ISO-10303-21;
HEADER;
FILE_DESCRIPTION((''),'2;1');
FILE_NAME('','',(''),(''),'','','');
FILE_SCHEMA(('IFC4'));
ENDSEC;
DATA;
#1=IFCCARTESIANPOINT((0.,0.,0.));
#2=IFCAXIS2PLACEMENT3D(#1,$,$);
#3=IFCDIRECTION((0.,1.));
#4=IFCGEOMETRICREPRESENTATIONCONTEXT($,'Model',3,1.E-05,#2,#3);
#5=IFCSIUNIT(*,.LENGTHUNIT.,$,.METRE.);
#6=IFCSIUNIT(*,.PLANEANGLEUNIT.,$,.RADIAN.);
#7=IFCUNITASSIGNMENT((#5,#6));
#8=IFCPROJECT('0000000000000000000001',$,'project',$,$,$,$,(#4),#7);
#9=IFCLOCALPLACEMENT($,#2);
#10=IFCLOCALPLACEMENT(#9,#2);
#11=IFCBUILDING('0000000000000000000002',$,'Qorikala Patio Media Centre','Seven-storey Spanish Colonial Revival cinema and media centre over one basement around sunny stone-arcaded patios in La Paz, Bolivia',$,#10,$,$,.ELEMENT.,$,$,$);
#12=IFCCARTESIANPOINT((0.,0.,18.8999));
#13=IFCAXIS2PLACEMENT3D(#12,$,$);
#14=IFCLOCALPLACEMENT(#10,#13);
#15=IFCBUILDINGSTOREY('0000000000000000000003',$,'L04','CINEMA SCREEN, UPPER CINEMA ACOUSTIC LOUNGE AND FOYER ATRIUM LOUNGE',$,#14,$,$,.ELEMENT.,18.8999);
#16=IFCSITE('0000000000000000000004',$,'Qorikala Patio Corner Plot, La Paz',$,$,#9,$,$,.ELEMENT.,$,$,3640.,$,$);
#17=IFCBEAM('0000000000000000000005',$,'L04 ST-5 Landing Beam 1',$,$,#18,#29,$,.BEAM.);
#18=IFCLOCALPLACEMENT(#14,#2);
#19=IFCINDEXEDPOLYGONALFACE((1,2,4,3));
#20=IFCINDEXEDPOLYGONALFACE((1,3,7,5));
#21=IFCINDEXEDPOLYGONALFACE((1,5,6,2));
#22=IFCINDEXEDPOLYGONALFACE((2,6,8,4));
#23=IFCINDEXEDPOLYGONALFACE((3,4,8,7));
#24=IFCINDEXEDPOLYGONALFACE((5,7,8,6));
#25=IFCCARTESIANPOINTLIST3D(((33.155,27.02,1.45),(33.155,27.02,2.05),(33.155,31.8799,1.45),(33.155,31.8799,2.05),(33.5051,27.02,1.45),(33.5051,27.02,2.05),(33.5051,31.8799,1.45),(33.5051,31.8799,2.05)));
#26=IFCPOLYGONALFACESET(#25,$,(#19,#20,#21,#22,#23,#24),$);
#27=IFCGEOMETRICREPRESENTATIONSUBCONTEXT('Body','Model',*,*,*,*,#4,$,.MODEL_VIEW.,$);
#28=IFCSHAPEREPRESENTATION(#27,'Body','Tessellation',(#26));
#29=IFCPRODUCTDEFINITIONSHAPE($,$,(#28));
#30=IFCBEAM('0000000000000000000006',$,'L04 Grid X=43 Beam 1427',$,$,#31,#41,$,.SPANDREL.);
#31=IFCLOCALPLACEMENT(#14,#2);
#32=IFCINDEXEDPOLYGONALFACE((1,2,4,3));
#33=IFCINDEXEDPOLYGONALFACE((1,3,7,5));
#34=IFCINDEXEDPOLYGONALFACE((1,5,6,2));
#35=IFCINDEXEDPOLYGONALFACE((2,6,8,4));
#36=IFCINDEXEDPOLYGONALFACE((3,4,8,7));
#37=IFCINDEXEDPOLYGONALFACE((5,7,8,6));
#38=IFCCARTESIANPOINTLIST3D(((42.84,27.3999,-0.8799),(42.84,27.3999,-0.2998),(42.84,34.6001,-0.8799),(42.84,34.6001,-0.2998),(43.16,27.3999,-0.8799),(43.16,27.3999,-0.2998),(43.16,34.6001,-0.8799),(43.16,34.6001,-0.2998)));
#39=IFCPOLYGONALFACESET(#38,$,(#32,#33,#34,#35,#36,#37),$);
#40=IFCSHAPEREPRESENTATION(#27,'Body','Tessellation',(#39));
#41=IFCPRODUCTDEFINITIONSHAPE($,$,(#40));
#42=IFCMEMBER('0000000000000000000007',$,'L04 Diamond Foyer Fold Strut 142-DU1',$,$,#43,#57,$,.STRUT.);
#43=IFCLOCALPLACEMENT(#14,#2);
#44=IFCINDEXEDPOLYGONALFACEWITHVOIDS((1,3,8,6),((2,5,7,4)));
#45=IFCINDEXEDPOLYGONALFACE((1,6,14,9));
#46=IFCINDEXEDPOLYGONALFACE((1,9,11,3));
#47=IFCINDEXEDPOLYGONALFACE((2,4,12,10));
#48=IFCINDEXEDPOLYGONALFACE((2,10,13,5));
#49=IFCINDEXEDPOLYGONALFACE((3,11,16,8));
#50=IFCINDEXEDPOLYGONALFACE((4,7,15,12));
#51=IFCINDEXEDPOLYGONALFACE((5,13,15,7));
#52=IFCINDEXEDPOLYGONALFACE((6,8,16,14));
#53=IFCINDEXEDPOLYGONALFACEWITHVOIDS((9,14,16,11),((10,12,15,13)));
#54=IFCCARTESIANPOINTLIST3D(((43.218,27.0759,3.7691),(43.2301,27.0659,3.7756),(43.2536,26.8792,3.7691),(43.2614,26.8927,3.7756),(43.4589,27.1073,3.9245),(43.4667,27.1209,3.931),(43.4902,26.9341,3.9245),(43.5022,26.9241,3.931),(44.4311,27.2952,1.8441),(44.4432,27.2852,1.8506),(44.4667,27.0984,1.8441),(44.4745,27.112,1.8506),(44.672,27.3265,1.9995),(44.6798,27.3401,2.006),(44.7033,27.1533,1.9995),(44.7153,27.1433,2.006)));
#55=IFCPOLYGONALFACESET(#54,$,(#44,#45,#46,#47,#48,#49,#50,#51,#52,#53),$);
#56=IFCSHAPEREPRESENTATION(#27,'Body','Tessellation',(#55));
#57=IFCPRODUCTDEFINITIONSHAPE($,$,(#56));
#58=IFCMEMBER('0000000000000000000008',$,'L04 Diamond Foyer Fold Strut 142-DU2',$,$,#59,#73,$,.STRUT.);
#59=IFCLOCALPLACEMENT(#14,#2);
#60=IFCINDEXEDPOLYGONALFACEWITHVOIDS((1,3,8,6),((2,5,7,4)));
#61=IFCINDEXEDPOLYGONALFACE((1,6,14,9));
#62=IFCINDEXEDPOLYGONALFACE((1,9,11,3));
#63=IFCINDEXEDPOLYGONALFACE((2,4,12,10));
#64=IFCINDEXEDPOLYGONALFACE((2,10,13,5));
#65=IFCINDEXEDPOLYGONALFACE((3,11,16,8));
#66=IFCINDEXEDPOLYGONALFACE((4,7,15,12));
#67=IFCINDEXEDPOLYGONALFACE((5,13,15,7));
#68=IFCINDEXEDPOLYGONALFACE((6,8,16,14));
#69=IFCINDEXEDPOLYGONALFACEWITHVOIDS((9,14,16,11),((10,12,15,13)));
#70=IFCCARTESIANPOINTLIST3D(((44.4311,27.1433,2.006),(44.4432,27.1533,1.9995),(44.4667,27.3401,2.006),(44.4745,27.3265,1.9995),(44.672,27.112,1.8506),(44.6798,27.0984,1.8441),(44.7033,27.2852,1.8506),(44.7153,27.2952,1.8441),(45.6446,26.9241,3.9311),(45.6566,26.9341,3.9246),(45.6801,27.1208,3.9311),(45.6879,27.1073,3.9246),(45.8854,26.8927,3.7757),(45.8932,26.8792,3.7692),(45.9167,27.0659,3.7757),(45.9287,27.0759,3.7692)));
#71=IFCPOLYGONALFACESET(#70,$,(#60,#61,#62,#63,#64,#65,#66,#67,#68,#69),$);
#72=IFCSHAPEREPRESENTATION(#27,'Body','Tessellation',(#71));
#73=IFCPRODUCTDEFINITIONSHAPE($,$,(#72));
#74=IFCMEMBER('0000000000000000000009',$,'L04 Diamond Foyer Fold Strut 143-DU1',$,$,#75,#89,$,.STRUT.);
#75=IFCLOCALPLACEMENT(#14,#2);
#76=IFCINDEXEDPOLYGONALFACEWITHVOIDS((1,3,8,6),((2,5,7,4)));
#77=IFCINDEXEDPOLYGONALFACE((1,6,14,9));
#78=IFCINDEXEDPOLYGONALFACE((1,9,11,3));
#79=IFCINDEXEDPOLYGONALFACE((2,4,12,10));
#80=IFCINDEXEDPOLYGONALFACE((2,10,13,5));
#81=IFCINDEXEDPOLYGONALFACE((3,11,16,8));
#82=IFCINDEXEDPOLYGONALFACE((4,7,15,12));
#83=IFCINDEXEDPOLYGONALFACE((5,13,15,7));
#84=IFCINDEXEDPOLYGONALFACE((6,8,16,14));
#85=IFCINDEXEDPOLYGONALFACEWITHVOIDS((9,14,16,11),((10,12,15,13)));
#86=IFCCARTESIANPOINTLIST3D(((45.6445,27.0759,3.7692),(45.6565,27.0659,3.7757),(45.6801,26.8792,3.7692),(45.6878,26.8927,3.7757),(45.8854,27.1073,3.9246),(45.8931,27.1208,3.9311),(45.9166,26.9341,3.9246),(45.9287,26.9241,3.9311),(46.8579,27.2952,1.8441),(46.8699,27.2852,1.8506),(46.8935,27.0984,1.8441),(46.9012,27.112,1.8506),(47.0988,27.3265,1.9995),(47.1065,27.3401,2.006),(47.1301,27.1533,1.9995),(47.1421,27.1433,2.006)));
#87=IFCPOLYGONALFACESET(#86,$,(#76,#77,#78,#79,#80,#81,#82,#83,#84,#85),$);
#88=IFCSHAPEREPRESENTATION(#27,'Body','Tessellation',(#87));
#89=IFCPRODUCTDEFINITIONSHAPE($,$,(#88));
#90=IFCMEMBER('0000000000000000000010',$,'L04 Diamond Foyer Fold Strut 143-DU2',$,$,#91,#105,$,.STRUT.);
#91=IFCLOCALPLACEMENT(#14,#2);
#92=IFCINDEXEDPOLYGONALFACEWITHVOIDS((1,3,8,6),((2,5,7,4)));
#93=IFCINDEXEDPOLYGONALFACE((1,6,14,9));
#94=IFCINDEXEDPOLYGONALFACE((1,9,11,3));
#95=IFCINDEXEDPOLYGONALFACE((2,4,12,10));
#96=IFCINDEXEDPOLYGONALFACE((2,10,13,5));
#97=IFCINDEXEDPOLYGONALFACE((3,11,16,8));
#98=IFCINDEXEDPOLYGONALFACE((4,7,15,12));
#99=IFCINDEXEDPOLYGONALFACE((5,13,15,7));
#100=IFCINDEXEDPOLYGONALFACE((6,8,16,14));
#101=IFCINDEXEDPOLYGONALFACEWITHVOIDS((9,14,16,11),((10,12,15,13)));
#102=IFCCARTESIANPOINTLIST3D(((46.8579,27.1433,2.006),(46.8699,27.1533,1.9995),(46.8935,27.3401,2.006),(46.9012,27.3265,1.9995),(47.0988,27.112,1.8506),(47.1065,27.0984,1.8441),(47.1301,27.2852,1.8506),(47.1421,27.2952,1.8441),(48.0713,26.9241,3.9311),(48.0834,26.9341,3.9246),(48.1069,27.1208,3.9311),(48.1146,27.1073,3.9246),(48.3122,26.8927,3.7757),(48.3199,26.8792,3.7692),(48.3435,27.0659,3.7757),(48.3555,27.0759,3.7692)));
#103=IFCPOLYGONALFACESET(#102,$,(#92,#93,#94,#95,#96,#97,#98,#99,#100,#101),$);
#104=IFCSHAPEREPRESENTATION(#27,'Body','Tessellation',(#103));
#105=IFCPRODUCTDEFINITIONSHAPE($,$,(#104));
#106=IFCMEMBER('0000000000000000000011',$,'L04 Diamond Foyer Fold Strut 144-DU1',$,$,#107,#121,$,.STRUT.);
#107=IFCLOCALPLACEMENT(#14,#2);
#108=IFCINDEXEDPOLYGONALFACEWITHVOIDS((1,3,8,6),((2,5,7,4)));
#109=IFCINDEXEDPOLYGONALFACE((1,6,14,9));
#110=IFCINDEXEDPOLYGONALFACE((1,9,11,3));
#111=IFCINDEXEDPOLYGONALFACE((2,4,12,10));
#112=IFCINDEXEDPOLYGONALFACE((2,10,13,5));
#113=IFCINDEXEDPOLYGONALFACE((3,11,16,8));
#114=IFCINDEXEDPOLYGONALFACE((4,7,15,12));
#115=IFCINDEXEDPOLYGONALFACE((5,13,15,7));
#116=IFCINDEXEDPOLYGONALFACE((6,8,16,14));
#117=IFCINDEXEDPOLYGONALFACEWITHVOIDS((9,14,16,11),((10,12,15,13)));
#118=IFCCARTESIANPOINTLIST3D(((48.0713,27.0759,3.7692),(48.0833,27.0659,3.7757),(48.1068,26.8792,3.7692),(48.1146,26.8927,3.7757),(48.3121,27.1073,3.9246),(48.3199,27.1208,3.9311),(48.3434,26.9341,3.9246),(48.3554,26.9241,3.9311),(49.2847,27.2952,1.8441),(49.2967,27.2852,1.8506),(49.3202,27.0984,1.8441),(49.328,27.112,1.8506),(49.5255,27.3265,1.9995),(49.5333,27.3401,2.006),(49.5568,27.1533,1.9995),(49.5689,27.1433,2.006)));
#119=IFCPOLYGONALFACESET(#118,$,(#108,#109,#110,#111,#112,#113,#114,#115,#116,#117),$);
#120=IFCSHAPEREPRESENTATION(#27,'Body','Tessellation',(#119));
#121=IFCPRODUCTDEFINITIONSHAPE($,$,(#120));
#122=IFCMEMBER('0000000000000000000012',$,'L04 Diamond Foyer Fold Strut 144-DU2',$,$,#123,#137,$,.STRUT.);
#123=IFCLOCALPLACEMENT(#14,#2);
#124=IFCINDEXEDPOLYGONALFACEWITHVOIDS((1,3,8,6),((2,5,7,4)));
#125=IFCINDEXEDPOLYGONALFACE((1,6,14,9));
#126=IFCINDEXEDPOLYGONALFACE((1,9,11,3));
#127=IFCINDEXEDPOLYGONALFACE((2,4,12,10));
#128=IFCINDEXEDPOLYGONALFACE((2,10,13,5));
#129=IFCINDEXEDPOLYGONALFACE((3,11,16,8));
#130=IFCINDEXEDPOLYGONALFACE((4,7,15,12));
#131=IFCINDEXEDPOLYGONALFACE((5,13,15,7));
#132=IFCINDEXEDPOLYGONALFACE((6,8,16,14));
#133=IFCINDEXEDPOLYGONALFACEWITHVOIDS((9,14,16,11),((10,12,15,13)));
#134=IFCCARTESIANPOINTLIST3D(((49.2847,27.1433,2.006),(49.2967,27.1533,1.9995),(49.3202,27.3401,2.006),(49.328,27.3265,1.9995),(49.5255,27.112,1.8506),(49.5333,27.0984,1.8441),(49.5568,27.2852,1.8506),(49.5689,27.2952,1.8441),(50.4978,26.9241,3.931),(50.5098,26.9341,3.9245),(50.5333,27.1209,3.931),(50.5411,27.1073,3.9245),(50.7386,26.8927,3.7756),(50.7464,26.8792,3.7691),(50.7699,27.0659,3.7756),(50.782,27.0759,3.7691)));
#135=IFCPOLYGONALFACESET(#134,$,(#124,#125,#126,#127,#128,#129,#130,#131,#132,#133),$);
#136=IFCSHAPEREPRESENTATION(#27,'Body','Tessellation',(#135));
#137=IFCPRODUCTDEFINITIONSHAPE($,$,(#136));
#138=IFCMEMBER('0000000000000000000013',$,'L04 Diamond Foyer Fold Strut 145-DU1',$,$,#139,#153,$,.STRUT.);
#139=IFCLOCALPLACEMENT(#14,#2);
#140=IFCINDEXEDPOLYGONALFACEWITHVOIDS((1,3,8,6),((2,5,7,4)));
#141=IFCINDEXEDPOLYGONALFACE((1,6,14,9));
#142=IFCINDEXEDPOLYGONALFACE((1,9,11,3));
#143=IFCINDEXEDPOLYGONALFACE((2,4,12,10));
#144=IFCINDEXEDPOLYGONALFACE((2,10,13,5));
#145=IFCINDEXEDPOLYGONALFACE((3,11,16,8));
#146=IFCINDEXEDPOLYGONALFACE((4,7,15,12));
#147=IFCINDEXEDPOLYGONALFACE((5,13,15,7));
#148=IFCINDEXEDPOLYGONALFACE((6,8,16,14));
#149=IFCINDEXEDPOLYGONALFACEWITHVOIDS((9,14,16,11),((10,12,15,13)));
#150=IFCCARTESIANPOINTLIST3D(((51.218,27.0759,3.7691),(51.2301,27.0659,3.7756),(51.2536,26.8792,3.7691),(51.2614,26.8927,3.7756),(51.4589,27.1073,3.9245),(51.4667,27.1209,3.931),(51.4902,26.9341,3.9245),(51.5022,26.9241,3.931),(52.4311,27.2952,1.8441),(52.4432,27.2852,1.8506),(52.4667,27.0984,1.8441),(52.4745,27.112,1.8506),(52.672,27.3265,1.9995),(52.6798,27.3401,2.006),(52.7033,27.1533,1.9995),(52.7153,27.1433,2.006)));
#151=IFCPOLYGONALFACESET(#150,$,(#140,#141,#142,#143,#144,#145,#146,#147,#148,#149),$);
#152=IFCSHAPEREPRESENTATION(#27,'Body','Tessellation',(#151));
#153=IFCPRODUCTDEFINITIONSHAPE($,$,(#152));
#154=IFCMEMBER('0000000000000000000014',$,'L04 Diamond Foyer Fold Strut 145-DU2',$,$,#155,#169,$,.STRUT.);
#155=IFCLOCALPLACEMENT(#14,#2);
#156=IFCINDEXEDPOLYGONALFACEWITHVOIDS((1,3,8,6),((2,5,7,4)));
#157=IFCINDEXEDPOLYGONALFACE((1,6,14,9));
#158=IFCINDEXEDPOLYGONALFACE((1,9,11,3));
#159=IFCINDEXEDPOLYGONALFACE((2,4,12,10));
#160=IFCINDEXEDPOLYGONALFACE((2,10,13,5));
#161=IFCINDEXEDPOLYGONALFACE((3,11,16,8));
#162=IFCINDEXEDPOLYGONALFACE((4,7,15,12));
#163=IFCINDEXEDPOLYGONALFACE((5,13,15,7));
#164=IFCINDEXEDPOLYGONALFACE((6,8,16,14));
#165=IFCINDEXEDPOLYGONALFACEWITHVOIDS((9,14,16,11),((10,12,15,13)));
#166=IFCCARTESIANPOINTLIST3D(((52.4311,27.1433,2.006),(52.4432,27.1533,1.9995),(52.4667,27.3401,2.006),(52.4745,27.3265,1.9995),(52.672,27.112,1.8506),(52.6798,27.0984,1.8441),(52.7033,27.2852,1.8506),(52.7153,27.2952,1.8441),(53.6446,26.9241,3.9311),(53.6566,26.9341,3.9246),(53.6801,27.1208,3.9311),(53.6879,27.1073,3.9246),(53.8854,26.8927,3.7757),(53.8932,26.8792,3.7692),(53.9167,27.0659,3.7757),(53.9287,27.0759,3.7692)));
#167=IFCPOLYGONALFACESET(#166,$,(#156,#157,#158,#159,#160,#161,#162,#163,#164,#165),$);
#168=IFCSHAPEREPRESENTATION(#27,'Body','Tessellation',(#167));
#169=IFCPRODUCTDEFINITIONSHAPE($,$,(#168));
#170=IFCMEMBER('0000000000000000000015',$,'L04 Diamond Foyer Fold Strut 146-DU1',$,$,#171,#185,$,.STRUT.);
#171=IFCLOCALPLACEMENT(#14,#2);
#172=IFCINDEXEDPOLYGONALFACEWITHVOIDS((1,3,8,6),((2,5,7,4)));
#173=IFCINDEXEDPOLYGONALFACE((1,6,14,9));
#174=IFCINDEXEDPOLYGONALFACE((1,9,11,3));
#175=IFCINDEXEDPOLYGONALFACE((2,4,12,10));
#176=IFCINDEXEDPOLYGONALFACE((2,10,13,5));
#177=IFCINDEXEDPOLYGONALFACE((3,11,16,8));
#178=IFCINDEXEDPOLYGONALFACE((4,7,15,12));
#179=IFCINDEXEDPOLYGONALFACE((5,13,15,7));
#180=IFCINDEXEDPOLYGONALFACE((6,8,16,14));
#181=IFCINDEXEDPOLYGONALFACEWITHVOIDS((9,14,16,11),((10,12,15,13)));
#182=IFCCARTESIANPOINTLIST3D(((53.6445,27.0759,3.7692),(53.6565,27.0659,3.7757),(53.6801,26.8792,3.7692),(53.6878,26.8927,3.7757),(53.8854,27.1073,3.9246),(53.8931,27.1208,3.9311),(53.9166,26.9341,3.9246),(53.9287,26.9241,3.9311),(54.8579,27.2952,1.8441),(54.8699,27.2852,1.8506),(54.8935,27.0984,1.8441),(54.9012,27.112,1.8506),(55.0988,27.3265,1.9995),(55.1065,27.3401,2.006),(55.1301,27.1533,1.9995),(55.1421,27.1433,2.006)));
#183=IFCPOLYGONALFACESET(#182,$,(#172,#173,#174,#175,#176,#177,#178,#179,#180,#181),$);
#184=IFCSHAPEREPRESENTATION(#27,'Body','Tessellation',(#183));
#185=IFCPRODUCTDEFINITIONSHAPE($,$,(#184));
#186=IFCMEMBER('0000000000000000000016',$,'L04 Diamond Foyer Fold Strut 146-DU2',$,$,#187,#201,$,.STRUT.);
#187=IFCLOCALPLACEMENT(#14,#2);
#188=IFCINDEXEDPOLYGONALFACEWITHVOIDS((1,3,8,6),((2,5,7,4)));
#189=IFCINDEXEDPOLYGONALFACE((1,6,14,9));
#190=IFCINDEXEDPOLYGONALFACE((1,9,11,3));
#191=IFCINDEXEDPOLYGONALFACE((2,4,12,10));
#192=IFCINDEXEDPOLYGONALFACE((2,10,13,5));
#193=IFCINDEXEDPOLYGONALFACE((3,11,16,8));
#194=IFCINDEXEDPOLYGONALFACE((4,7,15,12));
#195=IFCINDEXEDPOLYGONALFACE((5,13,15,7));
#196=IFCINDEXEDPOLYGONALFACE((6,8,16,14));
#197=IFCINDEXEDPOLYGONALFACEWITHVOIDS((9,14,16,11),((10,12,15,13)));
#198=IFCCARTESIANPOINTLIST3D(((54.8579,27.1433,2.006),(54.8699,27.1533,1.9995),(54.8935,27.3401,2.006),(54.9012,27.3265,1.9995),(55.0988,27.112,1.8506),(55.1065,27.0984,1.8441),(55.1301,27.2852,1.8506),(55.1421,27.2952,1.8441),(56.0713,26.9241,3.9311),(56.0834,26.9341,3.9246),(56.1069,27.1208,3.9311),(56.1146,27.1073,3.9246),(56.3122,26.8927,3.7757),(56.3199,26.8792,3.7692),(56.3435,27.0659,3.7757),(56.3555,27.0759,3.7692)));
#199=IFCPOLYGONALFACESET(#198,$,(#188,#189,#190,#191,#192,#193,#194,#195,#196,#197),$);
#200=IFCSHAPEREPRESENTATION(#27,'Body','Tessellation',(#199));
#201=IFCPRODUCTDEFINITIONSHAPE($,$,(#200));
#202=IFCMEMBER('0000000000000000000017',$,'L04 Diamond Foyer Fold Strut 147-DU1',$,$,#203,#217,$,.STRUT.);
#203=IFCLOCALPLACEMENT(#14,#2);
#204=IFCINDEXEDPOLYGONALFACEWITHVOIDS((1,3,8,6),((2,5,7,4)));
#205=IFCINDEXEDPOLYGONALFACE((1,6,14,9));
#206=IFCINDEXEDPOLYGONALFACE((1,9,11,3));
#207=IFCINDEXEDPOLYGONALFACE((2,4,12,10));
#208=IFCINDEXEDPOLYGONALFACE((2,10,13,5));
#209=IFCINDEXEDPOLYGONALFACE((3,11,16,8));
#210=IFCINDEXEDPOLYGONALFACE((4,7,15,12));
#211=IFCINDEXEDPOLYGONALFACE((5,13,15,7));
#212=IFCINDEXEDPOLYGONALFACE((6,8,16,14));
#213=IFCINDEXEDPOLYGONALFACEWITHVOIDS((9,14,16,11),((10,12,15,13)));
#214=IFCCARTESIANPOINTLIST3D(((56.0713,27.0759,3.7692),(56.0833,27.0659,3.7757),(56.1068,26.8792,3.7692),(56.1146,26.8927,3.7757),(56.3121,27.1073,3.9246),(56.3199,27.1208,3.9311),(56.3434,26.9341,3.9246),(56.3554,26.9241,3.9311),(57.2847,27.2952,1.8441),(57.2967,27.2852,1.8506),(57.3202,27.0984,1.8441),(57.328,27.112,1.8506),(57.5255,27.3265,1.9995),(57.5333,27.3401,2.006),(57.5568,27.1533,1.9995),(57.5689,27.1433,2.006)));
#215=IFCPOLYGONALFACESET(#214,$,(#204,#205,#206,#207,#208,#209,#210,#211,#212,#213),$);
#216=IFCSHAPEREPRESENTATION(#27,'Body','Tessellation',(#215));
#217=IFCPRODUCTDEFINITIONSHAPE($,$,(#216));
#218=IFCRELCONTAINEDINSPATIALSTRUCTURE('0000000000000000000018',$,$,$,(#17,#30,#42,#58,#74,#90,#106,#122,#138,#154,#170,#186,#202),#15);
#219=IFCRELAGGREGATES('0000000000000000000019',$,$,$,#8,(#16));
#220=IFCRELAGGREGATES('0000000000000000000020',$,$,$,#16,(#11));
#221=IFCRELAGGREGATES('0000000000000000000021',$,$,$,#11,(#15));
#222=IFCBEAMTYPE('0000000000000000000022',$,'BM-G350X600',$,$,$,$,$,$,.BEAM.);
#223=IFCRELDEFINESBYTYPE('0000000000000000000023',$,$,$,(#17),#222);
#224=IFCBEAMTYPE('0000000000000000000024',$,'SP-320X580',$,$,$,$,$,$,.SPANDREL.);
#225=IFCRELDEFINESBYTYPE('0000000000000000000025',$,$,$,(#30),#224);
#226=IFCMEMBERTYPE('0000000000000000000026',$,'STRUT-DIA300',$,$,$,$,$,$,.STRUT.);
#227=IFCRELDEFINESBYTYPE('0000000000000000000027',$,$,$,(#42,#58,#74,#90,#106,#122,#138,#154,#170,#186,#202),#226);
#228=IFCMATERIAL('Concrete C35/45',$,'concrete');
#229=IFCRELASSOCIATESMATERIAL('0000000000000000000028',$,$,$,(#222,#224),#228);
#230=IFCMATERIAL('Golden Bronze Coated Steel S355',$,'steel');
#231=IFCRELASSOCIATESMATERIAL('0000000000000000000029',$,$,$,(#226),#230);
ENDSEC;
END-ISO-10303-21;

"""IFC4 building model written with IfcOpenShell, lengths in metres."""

from ifc_helpers import new_model, si_unit, direction, frame, origin, origin_2d, place, context, subcontext, project, spatial, rectangle, hollow_rectangle, extrude, material, material_profile, profile_set, type_object, element, save


model = new_model("IFC4")

# Units and contexts
model_context = context("Model", 3, precision=1e-05, world=origin(), true_north=direction((0.0, 1.0)))
body_context = subcontext(model_context, "Body", "Model", "MODEL_VIEW")
ifc_project = project(units=[si_unit("LENGTHUNIT", "METRE"), si_unit("PLANEANGLEUNIT", "RADIAN")], contexts=[model_context])

# Site, building, storey
site_placement = place(None, origin())
site = spatial("IfcSite", under=ifc_project, at=site_placement, Name="Qorikala Patio Corner Plot, La Paz", CompositionType="ELEMENT", RefElevation=3640.0)
building_placement = place(site_placement, origin())
building = spatial("IfcBuilding", under=site, at=building_placement, Name="Qorikala Patio Media Centre", Description="Seven-storey Spanish Colonial Revival cinema and media centre over one basement around sunny stone-arcaded patios in La Paz, Bolivia", CompositionType="ELEMENT")
storey_placement = place(building_placement, frame((0.0, 0.0, 18.8999)))
storey = spatial("IfcBuildingStorey", under=building, at=storey_placement, Name="L04", Description="CINEMA SCREEN, UPPER CINEMA ACOUSTIC LOUNGE AND FOYER ATRIUM LOUNGE", CompositionType="ELEMENT", Elevation=18.8999)

# Beams
ifc_material_1 = material(Name="Concrete C35/45", Category="concrete")
ifc_material_profile_1 = material_profile(ifc_material_1, rectangle(XDim=0.3501, YDim=0.6001, at=origin_2d()), Name="RC 350x600")
ifc_profile_set_1 = profile_set([ifc_material_profile_1], Name="Concrete C35/45")
beam_type_1 = type_object("IfcBeamType", Name="BM-G350X600", PredefinedType="BEAM", material=ifc_profile_set_1)
beam_1_placement = place(storey_placement, frame((33.3301, 27.02, 1.75), z_axis=(0.0, 1.0, 0.0), x_axis=(-1.0, 0.0, 0.0)))
element("IfcBeam", 1, at=beam_1_placement, inside=storey, type_object=beam_type_1, Name="L04 ST-5 Landing Beam 1", PredefinedType="BEAM", context=body_context, shape_type="SweptSolid", body=[
    extrude(rectangle(XDim=0.3501, YDim=0.6001, at=origin_2d()), origin(), (0.0, 0.0, 1.0), 4.8599),
])
ifc_material_profile_2 = material_profile(ifc_material_1, rectangle(XDim=0.3201, YDim=0.5801, at=origin_2d()), Name="RC 320x580")
ifc_profile_set_2 = profile_set([ifc_material_profile_2], Name="Concrete C35/45")
beam_type_2 = type_object("IfcBeamType", Name="SP-320X580", PredefinedType="SPANDREL", material=ifc_profile_set_2)
beam_2_placement = place(storey_placement, frame((43.0, 27.3999, -0.5898), z_axis=(0.0, 1.0, 0.0), x_axis=(-1.0, 0.0, 0.0)))
element("IfcBeam", 2, at=beam_2_placement, inside=storey, type_object=beam_type_2, Name="L04 Grid X=43 Beam 1427", PredefinedType="SPANDREL", context=body_context, shape_type="SweptSolid", body=[
    extrude(rectangle(XDim=0.3201, YDim=0.5801, at=origin_2d()), origin(), (0.0, 0.0, 1.0), 7.2002),
])

# Members
ifc_material_2 = material(Name="Golden Bronze Coated Steel S355", Category="steel")
ifc_material_profile_3 = material_profile(ifc_material_2, hollow_rectangle(XDim=0.2, YDim=0.3, WallThickness=0.012, at=origin_2d()), Name="HSS300X200X12")
ifc_profile_set_3 = profile_set([ifc_material_profile_3], Name="Golden Bronze Coated Steel S355")
member_type = type_object("IfcMemberType", Name="STRUT-DIA300", PredefinedType="STRUT", material=ifc_profile_set_3)
member_placement = place(storey_placement, frame((44.5732, 27.2192, 1.925), z_axis=(-0.530691, -0.095907, 0.842121), x_axis=(0.17784, -0.984059, 0.0)))
element("IfcMember", 3, at=member_placement, inside=storey, type_object=member_type, Name="L04 Diamond Foyer Fold Strut 142-DU1", PredefinedType="STRUT", context=body_context, shape_type="SweptSolid", body=[
    extrude(hollow_rectangle(XDim=0.2, YDim=0.3, WallThickness=0.012, at=origin_2d()), origin(), (0.0, 0.0, 1.0), 2.2859),
])
for number, where, z_axis, x_axis, name in (
    (4, (44.5732, 27.2192, 1.925), (0.530768, -0.095901, 0.842074), (0.177805, 0.984066, 0.0), "L04 Diamond Foyer Fold Strut 142-DU2"),
    (5, (47.0, 27.2192, 1.925), (-0.530768, -0.095901, 0.842074), (0.177805, -0.984066, 0.0), "L04 Diamond Foyer Fold Strut 143-DU1"),
    (6, (47.0, 27.2192, 1.925), (0.530768, -0.095901, 0.842074), (0.177805, 0.984066, 0.0), "L04 Diamond Foyer Fold Strut 143-DU2"),
    (7, (49.4268, 27.2192, 1.925), (-0.530768, -0.095901, 0.842074), (0.177805, -0.984066, 0.0), "L04 Diamond Foyer Fold Strut 144-DU1"),
):
    element("IfcMember", number, at=place(storey_placement, frame(where, z_axis=z_axis, x_axis=x_axis)), inside=storey, type_object=member_type, Name=name, PredefinedType="STRUT", context=body_context, shape_type="SweptSolid", body=[
        extrude(hollow_rectangle(XDim=0.2, YDim=0.3, WallThickness=0.012, at=origin_2d()), origin(), (0.0, 0.0, 1.0), 2.2861),
    ])
for number, where, z_axis, x_axis, name in (
    (8, (49.4268, 27.2192, 1.925), (0.530691, -0.095907, 0.842121), (0.17784, 0.984059, 0.0), "L04 Diamond Foyer Fold Strut 144-DU2"),
    (9, (52.5732, 27.2192, 1.925), (-0.530691, -0.095907, 0.842121), (0.17784, -0.984059, 0.0), "L04 Diamond Foyer Fold Strut 145-DU1"),
):
    element("IfcMember", number, at=place(storey_placement, frame(where, z_axis=z_axis, x_axis=x_axis)), inside=storey, type_object=member_type, Name=name, PredefinedType="STRUT", context=body_context, shape_type="SweptSolid", body=[
        extrude(hollow_rectangle(XDim=0.2, YDim=0.3, WallThickness=0.012, at=origin_2d()), origin(), (0.0, 0.0, 1.0), 2.2859),
    ])
for number, where, z_axis, x_axis, name in (
    (10, (52.5732, 27.2192, 1.925), (0.530768, -0.095901, 0.842074), (0.177805, 0.984066, 0.0), "L04 Diamond Foyer Fold Strut 145-DU2"),
    (11, (55.0, 27.2192, 1.925), (-0.530768, -0.095901, 0.842074), (0.177805, -0.984066, 0.0), "L04 Diamond Foyer Fold Strut 146-DU1"),
    (12, (55.0, 27.2192, 1.925), (0.530768, -0.095901, 0.842074), (0.177805, 0.984066, 0.0), "L04 Diamond Foyer Fold Strut 146-DU2"),
    (13, (57.4268, 27.2192, 1.925), (-0.530768, -0.095901, 0.842074), (0.177805, -0.984066, 0.0), "L04 Diamond Foyer Fold Strut 147-DU1"),
):
    element("IfcMember", number, at=place(storey_placement, frame(where, z_axis=z_axis, x_axis=x_axis)), inside=storey, type_object=member_type, Name=name, PredefinedType="STRUT", context=body_context, shape_type="SweptSolid", body=[
        extrude(hollow_rectangle(XDim=0.2, YDim=0.3, WallThickness=0.012, at=origin_2d()), origin(), (0.0, 0.0, 1.0), 2.2861),
    ])

save(model, "model.ifc")
